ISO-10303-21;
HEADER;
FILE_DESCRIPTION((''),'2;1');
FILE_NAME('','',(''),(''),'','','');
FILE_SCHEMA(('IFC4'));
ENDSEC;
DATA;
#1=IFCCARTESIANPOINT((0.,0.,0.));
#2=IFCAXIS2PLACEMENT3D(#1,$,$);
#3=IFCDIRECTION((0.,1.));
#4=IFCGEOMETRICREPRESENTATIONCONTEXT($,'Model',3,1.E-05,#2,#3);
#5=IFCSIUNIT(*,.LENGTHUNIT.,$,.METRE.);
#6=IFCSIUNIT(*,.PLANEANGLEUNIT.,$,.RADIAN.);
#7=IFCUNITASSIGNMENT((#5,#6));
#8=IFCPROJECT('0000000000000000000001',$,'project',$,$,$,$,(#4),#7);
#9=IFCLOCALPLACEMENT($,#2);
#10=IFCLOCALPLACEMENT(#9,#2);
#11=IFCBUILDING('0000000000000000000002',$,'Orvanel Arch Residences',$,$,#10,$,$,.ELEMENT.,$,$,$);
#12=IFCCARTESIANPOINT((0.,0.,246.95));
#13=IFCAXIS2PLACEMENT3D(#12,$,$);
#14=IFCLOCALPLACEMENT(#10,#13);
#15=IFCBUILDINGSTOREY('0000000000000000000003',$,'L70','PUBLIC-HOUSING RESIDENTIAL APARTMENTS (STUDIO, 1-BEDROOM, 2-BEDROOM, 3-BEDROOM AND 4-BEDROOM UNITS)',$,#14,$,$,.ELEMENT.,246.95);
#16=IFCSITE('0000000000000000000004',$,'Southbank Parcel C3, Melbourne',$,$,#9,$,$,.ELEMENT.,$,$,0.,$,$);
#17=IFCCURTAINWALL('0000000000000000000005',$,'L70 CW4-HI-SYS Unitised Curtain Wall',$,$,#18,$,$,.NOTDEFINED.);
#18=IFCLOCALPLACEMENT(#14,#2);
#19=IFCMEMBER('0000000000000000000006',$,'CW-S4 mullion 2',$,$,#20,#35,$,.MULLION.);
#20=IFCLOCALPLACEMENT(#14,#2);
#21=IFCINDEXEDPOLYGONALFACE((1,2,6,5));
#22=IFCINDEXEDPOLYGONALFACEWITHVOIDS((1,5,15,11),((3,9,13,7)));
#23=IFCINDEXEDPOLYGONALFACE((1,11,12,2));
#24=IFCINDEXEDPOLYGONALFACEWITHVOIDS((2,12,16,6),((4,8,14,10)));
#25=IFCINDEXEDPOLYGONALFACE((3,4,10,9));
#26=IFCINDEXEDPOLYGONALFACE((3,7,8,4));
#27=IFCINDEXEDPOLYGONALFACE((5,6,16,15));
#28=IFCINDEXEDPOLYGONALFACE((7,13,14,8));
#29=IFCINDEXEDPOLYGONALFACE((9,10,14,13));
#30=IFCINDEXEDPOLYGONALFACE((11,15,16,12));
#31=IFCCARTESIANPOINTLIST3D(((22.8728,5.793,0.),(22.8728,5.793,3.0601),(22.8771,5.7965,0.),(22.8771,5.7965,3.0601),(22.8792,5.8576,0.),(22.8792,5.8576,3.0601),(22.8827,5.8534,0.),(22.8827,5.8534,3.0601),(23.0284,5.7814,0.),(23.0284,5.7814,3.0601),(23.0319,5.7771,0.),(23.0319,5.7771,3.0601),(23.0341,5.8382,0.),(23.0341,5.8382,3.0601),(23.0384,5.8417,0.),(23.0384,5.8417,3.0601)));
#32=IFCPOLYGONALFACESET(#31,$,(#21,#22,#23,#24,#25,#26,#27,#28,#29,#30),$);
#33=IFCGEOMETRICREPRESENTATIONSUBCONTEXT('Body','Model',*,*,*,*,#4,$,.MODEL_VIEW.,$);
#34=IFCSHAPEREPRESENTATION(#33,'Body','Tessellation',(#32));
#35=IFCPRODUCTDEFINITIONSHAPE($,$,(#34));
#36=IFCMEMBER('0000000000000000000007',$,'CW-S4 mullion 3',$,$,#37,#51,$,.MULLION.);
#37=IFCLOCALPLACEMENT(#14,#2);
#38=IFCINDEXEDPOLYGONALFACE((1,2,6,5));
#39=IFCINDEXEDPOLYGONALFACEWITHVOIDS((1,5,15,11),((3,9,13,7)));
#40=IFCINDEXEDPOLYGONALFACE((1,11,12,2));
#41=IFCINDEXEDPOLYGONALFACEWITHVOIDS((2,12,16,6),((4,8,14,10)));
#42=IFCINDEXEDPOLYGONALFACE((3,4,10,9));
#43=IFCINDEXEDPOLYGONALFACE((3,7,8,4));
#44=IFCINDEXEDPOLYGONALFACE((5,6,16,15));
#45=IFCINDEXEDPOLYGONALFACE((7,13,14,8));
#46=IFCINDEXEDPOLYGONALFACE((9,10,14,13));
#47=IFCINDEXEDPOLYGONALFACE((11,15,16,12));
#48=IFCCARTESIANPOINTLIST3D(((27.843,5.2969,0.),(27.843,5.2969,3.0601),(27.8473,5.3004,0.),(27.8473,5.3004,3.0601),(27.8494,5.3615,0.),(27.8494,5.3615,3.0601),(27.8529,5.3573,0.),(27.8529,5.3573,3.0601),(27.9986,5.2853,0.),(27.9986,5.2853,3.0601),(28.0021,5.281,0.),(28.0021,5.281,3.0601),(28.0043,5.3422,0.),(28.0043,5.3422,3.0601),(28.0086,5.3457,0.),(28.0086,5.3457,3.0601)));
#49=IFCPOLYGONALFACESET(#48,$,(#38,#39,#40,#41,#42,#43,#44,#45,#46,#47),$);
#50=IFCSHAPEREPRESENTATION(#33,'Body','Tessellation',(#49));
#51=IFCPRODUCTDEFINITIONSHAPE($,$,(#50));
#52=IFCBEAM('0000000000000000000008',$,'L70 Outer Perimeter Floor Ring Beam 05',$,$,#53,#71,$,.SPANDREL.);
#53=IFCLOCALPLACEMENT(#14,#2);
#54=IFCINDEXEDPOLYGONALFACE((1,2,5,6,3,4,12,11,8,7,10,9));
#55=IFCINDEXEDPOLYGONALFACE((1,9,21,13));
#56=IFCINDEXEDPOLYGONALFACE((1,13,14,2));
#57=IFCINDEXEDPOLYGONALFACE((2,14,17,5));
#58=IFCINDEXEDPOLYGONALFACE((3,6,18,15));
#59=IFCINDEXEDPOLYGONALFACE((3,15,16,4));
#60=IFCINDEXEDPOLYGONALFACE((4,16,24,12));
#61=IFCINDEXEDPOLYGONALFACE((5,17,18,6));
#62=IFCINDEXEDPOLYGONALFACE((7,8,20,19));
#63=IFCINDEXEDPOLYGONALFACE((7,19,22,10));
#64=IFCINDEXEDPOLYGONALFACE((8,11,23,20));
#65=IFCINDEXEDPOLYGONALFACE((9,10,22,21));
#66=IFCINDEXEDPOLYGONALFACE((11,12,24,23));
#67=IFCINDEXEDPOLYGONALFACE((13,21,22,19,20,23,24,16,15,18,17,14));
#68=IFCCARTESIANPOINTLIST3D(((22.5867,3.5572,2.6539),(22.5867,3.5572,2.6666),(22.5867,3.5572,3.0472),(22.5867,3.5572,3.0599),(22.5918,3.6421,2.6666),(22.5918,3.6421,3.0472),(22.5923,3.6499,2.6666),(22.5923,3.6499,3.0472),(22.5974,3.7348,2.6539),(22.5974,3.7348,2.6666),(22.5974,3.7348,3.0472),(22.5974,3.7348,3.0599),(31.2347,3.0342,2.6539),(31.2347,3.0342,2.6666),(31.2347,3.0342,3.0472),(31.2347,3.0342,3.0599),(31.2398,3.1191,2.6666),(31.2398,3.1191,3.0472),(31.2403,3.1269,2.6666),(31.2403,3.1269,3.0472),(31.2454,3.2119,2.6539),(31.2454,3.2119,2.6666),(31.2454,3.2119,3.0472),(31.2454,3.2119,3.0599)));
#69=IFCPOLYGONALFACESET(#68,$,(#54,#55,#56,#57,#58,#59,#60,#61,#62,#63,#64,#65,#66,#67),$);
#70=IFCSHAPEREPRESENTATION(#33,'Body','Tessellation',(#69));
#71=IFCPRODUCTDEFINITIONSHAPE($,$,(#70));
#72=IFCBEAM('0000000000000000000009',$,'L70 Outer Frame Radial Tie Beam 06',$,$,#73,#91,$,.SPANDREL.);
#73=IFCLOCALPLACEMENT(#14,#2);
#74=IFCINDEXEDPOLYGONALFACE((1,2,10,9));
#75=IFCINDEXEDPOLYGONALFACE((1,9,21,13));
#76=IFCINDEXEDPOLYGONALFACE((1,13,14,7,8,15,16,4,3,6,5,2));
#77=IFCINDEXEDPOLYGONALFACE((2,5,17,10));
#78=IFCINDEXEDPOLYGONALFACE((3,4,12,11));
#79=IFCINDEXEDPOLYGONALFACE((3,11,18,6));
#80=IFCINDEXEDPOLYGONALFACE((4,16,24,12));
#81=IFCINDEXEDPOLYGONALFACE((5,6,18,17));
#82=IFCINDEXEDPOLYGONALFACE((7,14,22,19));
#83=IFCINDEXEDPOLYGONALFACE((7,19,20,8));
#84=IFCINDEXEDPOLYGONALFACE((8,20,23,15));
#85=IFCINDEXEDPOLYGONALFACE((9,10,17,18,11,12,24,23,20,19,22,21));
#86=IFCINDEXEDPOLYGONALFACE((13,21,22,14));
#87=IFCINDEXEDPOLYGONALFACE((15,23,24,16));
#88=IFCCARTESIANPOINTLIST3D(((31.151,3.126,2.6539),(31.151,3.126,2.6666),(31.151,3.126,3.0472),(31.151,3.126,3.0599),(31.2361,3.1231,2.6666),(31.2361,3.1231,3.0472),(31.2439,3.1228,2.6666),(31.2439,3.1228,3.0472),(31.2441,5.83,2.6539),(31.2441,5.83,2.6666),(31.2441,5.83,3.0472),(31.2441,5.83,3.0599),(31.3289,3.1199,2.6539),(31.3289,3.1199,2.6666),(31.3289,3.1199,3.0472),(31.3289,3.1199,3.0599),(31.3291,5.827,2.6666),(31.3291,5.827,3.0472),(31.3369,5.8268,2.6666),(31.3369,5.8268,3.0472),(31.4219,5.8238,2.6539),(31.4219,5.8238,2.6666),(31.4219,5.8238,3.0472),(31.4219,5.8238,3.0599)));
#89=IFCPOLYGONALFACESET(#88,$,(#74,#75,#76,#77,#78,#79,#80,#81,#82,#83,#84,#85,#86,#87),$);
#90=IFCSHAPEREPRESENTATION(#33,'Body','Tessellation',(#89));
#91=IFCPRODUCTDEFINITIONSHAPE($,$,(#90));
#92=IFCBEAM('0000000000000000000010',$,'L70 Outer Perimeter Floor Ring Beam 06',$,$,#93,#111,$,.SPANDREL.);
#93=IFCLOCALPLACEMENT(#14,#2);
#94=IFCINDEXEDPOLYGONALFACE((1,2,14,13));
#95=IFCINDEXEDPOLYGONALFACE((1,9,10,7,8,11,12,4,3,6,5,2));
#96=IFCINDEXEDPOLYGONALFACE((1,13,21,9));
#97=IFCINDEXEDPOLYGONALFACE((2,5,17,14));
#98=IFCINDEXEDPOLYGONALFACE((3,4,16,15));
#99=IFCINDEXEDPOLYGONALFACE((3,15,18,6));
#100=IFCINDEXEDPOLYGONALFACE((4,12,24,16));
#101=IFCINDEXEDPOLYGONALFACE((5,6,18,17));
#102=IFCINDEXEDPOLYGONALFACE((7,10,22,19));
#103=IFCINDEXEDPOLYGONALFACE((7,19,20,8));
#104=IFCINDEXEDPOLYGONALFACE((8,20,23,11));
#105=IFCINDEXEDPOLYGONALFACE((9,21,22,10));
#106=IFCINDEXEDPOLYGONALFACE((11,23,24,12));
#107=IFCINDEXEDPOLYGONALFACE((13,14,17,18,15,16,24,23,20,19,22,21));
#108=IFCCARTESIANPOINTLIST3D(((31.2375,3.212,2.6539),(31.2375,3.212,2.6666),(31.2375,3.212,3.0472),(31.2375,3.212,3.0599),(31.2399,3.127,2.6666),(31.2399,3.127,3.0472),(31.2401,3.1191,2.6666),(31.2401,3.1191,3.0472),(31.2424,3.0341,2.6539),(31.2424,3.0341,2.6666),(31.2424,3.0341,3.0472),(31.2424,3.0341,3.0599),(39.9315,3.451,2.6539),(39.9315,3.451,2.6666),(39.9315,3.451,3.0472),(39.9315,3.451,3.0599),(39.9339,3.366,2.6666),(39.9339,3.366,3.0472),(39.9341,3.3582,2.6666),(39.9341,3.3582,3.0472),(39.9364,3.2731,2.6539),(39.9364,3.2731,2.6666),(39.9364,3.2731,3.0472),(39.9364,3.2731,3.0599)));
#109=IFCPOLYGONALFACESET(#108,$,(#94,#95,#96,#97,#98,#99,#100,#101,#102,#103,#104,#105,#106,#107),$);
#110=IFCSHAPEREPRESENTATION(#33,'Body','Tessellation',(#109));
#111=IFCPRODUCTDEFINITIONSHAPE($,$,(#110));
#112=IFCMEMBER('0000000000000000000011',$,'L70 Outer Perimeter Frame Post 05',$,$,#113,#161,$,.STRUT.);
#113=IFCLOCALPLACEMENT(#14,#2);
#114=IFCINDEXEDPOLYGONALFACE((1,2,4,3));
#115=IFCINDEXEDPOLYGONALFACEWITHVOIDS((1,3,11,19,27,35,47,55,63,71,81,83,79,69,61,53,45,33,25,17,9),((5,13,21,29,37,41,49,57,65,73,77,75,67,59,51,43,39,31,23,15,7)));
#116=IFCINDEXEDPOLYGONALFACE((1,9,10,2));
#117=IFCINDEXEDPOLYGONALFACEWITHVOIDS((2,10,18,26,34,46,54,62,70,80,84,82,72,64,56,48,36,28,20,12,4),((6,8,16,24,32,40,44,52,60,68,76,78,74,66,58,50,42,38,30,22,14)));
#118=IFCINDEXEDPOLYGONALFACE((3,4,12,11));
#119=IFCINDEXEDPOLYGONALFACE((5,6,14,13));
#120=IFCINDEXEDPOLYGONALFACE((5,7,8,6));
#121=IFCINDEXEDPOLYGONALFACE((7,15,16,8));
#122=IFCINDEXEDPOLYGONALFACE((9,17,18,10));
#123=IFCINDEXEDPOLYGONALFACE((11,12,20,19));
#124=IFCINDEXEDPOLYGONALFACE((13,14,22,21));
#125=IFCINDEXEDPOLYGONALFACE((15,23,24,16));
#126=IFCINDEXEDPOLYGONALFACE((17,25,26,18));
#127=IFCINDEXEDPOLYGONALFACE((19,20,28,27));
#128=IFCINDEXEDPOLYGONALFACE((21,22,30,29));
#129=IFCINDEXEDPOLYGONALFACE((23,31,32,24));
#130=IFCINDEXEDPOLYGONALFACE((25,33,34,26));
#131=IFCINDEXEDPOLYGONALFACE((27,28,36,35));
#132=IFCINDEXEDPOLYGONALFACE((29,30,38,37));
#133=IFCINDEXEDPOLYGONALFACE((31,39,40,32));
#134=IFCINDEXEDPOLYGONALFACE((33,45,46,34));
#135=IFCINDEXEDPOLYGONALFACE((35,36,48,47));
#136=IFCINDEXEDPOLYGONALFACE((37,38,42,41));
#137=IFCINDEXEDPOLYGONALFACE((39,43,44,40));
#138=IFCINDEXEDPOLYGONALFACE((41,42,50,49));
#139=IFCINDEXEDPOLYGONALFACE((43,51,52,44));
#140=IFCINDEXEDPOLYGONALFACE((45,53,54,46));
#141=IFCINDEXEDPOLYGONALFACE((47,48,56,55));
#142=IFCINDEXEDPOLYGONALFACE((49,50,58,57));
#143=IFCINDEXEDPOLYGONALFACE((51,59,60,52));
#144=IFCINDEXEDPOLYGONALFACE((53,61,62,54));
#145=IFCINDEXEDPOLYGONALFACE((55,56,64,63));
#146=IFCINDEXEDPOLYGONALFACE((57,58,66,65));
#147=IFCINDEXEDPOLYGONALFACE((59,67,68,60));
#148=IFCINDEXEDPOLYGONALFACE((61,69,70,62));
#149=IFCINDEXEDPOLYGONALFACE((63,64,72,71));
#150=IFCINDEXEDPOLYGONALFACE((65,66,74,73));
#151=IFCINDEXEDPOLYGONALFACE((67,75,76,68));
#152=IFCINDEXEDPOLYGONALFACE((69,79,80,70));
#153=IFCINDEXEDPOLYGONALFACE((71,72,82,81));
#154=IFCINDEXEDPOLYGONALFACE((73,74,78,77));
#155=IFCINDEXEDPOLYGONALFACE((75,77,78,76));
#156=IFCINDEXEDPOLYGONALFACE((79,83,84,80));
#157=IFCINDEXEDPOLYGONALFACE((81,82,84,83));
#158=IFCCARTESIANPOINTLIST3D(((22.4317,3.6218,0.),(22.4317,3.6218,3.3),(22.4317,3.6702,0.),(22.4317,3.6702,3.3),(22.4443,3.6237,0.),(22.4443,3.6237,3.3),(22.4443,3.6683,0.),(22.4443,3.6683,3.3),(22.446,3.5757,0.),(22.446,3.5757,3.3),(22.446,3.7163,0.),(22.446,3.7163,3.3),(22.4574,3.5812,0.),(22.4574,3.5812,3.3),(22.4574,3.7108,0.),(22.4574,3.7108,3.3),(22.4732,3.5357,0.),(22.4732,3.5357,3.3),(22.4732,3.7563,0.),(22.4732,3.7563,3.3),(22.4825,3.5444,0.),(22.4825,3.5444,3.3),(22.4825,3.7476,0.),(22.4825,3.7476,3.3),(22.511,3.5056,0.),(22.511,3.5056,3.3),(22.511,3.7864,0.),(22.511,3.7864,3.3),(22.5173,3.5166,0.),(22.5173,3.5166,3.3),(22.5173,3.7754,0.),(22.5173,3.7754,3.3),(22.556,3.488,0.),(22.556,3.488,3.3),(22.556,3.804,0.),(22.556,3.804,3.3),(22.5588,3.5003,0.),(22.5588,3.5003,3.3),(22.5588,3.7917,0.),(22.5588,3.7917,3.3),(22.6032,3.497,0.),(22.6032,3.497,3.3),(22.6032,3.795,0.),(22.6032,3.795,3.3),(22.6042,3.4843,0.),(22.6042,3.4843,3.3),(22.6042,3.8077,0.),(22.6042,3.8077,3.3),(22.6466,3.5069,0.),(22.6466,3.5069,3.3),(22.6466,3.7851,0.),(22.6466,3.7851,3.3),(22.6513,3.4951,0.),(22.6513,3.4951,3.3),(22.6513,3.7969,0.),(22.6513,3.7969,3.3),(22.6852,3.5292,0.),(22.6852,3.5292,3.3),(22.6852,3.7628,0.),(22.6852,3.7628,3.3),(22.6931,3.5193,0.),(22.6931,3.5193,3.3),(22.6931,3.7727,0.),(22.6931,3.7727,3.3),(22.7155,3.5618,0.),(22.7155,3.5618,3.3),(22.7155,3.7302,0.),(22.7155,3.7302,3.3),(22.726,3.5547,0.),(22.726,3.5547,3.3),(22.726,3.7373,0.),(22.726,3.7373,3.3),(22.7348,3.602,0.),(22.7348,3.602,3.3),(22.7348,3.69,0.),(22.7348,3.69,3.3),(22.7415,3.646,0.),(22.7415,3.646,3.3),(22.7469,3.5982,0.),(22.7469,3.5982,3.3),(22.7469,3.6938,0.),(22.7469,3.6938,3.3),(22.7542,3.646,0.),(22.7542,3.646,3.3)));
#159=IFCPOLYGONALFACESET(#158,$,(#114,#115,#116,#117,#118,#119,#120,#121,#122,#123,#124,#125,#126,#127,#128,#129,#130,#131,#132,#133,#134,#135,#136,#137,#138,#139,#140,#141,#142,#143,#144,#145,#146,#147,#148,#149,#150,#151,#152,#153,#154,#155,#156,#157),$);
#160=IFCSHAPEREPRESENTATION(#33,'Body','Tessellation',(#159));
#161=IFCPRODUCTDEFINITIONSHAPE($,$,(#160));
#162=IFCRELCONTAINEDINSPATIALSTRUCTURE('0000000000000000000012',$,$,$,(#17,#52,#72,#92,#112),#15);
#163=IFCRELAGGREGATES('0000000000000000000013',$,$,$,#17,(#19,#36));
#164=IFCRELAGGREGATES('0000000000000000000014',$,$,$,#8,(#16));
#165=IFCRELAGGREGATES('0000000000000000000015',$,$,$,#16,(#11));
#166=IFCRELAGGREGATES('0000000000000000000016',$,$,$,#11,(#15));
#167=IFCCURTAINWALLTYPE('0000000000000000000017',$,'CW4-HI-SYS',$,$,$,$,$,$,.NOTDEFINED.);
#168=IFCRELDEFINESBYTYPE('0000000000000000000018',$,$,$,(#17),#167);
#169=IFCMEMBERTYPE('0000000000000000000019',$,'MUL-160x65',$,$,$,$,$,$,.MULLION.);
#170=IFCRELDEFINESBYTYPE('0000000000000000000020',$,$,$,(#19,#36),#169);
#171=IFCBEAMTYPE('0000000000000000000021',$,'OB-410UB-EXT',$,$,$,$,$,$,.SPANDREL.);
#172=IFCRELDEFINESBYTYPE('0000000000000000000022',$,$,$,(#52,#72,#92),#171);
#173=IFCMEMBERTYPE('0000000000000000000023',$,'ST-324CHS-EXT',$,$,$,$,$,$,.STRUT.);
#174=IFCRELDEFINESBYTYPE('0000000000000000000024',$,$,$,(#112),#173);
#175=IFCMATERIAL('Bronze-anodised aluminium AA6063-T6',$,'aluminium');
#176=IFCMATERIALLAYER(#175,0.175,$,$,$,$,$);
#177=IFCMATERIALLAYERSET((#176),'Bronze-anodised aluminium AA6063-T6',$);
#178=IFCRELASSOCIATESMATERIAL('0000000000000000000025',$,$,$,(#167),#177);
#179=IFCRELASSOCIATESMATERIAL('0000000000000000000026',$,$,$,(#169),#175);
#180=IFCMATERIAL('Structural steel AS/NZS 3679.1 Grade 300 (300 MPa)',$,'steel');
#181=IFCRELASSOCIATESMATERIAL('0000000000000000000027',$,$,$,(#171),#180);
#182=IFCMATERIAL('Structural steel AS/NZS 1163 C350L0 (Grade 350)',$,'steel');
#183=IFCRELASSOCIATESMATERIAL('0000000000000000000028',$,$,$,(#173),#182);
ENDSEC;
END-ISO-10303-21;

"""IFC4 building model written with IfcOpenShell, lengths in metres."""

from ifc_helpers import new_model, si_unit, direction, frame, origin, origin_2d, place, context, subcontext, project, spatial, hollow_rectangle, hollow_circle, i_section, extrude, material, layer, layer_set, material_profile, profile_set, type_object, element, aggregate, save


model = new_model("IFC4")

# Units and contexts
model_context = context("Model", 3, precision=1e-05, world=origin(), true_north=direction((0.0, 1.0)))
body_context = subcontext(model_context, "Body", "Model", "MODEL_VIEW")
ifc_project = project(units=[si_unit("LENGTHUNIT", "METRE"), si_unit("PLANEANGLEUNIT", "RADIAN")], contexts=[model_context])

# Site, building, storey
site_placement = place(None, origin())
site = spatial("IfcSite", under=ifc_project, at=site_placement, Name="Southbank Parcel C3, Melbourne", CompositionType="ELEMENT", RefElevation=0.0)
building_placement = place(site_placement, origin())
building = spatial("IfcBuilding", under=site, at=building_placement, Name="Orvanel Arch Residences", CompositionType="ELEMENT")
storey_placement = place(building_placement, frame((0.0, 0.0, 246.95)))
storey = spatial("IfcBuildingStorey", under=building, at=storey_placement, Name="L70", Description="PUBLIC-HOUSING RESIDENTIAL APARTMENTS (STUDIO, 1-BEDROOM, 2-BEDROOM, 3-BEDROOM AND 4-BEDROOM UNITS)", CompositionType="ELEMENT", Elevation=246.95)

# Curtain wall, members
ifc_material_1 = material(Name="Bronze-anodised aluminium AA6063-T6", Category="aluminium")
ifc_layer_1 = layer(ifc_material_1, 0.175)
ifc_layer_set_1 = layer_set([ifc_layer_1], Name="Bronze-anodised aluminium AA6063-T6")
curtain_wall_type = type_object("IfcCurtainWallType", Name="CW4-HI-SYS", PredefinedType="NOTDEFINED", material=ifc_layer_set_1)
curtain_wall_placement = place(storey_placement, origin())
curtain_wall = element("IfcCurtainWall", 1, at=curtain_wall_placement, inside=storey, type_object=curtain_wall_type, Name="L70 CW4-HI-SYS Unitised Curtain Wall", PredefinedType="NOTDEFINED")
ifc_material_profile_1 = material_profile(ifc_material_1, hollow_rectangle(XDim=0.0649, YDim=0.1599, WallThickness=0.0039, at=origin_2d()), Name="ALU160x65x4")
ifc_profile_set_1 = profile_set([ifc_material_profile_1], Name="Bronze-anodised aluminium AA6063-T6")
member_type_1 = type_object("IfcMemberType", Name="MUL-160x65", PredefinedType="MULLION", material=ifc_profile_set_1)
member_1_placement = place(storey_placement, frame((22.9556, 5.8174, 0.0), z_axis=(0.0, 0.0, 1.0), x_axis=(0.099356, 0.995052, 0.0)))
member_1 = element("IfcMember", 2, at=member_1_placement, type_object=member_type_1, Name="CW-S4 mullion 2", PredefinedType="MULLION", context=body_context, shape_type="SweptSolid", body=[
    extrude(hollow_rectangle(XDim=0.0649, YDim=0.1599, WallThickness=0.0039, at=origin_2d()), origin(), (0.0, 0.0, 1.0), 3.0601),
])
member_2_placement = place(storey_placement, frame((27.9258, 5.3213, 0.0), z_axis=(0.0, 0.0, 1.0), x_axis=(0.099356, 0.995052, 0.0)))
member_2 = element("IfcMember", 3, at=member_2_placement, type_object=member_type_1, Name="CW-S4 mullion 3", PredefinedType="MULLION", context=body_context, shape_type="SweptSolid", body=[
    extrude(hollow_rectangle(XDim=0.0649, YDim=0.1599, WallThickness=0.0039, at=origin_2d()), origin(), (0.0, 0.0, 1.0), 3.0601),
])

# Beams
ifc_material_2 = material(Name="Structural steel AS/NZS 3679.1 Grade 300 (300 MPa)", Category="steel")
ifc_material_profile_2 = material_profile(ifc_material_2, i_section(OverallWidth=0.178, OverallDepth=0.406, WebThickness=0.0078, FlangeThickness=0.0127, at=origin_2d()), Name="410UB59.7")
ifc_profile_set_2 = profile_set([ifc_material_profile_2], Name="Structural steel AS/NZS 3679.1 Grade 300 (300 MPa)")
beam_type = type_object("IfcBeamType", Name="OB-410UB-EXT", PredefinedType="SPANDREL", material=ifc_profile_set_2)
beam_1_placement = place(storey_placement, frame((22.592, 3.646, 2.8569), z_axis=(0.998177, -0.060361, 0.0), x_axis=(0.060361, 0.998177, 0.0)))
element("IfcBeam", 4, at=beam_1_placement, inside=storey, type_object=beam_type, Name="L70 Outer Perimeter Floor Ring Beam 05", PredefinedType="SPANDREL", context=body_context, shape_type="SweptSolid", body=[
    extrude(i_section(OverallWidth=0.178, OverallDepth=0.406, WebThickness=0.0078, FlangeThickness=0.0127, at=origin_2d()), origin(), (0.0, 0.0, 1.0), 8.6638),
])
beam_2_placement = place(storey_placement, frame((31.333, 5.8269, 2.8569), z_axis=(-0.034381, -0.999409, 0.0), x_axis=(0.999409, -0.034381, 0.0)))
element("IfcBeam", 5, at=beam_2_placement, inside=storey, type_object=beam_type, Name="L70 Outer Frame Radial Tie Beam 06", PredefinedType="SPANDREL", context=body_context, shape_type="SweptSolid", body=[
    extrude(i_section(OverallWidth=0.178, OverallDepth=0.406, WebThickness=0.0078, FlangeThickness=0.0127, at=origin_2d()), origin(), (0.0, 0.0, 1.0), 2.7056),
])
beam_3_placement = place(storey_placement, frame((31.24, 3.123, 2.8569), z_axis=(0.999622, 0.027481, 0.0), x_axis=(-0.027481, 0.999622, 0.0)))
element("IfcBeam", 6, at=beam_3_placement, inside=storey, type_object=beam_type, Name="L70 Outer Perimeter Floor Ring Beam 06", PredefinedType="SPANDREL", context=body_context, shape_type="SweptSolid", body=[
    extrude(i_section(OverallWidth=0.178, OverallDepth=0.406, WebThickness=0.0078, FlangeThickness=0.0127, at=origin_2d()), origin(), (0.0, 0.0, 1.0), 8.6973),
])

# Member
ifc_material_3 = material(Name="Structural steel AS/NZS 1163 C350L0 (Grade 350)", Category="steel")
ifc_material_profile_3 = material_profile(ifc_material_3, hollow_circle(Radius=0.1621, WallThickness=0.0127, at=origin_2d()), Name="CHS324x12.7")
ifc_profile_set_3 = profile_set([ifc_material_profile_3], Name="Structural steel AS/NZS 1163 C350L0 (Grade 350)")
member_type_2 = type_object("IfcMemberType", Name="ST-324CHS-EXT", PredefinedType="STRUT", material=ifc_profile_set_3)
for number, where, z_axis, x_axis, name in (
    (7, (22.592, 3.646, 0.0), (0.0, 0.0, 1.0), (1.0, 0.0, 0.0), "L70 Outer Perimeter Frame Post 05"),
):
    element("IfcMember", number, at=place(storey_placement, frame(where, z_axis=z_axis, x_axis=x_axis)), inside=storey, type_object=member_type_2, Name=name, PredefinedType="STRUT", context=body_context, shape_type="SweptSolid", body=[
        extrude(hollow_circle(Radius=0.1621, WallThickness=0.0127, at=origin_2d()), origin(), (0.0, 0.0, 1.0), 3.3),
    ])

aggregate(curtain_wall, [member_1, member_2])

save(model, "model.ifc")
